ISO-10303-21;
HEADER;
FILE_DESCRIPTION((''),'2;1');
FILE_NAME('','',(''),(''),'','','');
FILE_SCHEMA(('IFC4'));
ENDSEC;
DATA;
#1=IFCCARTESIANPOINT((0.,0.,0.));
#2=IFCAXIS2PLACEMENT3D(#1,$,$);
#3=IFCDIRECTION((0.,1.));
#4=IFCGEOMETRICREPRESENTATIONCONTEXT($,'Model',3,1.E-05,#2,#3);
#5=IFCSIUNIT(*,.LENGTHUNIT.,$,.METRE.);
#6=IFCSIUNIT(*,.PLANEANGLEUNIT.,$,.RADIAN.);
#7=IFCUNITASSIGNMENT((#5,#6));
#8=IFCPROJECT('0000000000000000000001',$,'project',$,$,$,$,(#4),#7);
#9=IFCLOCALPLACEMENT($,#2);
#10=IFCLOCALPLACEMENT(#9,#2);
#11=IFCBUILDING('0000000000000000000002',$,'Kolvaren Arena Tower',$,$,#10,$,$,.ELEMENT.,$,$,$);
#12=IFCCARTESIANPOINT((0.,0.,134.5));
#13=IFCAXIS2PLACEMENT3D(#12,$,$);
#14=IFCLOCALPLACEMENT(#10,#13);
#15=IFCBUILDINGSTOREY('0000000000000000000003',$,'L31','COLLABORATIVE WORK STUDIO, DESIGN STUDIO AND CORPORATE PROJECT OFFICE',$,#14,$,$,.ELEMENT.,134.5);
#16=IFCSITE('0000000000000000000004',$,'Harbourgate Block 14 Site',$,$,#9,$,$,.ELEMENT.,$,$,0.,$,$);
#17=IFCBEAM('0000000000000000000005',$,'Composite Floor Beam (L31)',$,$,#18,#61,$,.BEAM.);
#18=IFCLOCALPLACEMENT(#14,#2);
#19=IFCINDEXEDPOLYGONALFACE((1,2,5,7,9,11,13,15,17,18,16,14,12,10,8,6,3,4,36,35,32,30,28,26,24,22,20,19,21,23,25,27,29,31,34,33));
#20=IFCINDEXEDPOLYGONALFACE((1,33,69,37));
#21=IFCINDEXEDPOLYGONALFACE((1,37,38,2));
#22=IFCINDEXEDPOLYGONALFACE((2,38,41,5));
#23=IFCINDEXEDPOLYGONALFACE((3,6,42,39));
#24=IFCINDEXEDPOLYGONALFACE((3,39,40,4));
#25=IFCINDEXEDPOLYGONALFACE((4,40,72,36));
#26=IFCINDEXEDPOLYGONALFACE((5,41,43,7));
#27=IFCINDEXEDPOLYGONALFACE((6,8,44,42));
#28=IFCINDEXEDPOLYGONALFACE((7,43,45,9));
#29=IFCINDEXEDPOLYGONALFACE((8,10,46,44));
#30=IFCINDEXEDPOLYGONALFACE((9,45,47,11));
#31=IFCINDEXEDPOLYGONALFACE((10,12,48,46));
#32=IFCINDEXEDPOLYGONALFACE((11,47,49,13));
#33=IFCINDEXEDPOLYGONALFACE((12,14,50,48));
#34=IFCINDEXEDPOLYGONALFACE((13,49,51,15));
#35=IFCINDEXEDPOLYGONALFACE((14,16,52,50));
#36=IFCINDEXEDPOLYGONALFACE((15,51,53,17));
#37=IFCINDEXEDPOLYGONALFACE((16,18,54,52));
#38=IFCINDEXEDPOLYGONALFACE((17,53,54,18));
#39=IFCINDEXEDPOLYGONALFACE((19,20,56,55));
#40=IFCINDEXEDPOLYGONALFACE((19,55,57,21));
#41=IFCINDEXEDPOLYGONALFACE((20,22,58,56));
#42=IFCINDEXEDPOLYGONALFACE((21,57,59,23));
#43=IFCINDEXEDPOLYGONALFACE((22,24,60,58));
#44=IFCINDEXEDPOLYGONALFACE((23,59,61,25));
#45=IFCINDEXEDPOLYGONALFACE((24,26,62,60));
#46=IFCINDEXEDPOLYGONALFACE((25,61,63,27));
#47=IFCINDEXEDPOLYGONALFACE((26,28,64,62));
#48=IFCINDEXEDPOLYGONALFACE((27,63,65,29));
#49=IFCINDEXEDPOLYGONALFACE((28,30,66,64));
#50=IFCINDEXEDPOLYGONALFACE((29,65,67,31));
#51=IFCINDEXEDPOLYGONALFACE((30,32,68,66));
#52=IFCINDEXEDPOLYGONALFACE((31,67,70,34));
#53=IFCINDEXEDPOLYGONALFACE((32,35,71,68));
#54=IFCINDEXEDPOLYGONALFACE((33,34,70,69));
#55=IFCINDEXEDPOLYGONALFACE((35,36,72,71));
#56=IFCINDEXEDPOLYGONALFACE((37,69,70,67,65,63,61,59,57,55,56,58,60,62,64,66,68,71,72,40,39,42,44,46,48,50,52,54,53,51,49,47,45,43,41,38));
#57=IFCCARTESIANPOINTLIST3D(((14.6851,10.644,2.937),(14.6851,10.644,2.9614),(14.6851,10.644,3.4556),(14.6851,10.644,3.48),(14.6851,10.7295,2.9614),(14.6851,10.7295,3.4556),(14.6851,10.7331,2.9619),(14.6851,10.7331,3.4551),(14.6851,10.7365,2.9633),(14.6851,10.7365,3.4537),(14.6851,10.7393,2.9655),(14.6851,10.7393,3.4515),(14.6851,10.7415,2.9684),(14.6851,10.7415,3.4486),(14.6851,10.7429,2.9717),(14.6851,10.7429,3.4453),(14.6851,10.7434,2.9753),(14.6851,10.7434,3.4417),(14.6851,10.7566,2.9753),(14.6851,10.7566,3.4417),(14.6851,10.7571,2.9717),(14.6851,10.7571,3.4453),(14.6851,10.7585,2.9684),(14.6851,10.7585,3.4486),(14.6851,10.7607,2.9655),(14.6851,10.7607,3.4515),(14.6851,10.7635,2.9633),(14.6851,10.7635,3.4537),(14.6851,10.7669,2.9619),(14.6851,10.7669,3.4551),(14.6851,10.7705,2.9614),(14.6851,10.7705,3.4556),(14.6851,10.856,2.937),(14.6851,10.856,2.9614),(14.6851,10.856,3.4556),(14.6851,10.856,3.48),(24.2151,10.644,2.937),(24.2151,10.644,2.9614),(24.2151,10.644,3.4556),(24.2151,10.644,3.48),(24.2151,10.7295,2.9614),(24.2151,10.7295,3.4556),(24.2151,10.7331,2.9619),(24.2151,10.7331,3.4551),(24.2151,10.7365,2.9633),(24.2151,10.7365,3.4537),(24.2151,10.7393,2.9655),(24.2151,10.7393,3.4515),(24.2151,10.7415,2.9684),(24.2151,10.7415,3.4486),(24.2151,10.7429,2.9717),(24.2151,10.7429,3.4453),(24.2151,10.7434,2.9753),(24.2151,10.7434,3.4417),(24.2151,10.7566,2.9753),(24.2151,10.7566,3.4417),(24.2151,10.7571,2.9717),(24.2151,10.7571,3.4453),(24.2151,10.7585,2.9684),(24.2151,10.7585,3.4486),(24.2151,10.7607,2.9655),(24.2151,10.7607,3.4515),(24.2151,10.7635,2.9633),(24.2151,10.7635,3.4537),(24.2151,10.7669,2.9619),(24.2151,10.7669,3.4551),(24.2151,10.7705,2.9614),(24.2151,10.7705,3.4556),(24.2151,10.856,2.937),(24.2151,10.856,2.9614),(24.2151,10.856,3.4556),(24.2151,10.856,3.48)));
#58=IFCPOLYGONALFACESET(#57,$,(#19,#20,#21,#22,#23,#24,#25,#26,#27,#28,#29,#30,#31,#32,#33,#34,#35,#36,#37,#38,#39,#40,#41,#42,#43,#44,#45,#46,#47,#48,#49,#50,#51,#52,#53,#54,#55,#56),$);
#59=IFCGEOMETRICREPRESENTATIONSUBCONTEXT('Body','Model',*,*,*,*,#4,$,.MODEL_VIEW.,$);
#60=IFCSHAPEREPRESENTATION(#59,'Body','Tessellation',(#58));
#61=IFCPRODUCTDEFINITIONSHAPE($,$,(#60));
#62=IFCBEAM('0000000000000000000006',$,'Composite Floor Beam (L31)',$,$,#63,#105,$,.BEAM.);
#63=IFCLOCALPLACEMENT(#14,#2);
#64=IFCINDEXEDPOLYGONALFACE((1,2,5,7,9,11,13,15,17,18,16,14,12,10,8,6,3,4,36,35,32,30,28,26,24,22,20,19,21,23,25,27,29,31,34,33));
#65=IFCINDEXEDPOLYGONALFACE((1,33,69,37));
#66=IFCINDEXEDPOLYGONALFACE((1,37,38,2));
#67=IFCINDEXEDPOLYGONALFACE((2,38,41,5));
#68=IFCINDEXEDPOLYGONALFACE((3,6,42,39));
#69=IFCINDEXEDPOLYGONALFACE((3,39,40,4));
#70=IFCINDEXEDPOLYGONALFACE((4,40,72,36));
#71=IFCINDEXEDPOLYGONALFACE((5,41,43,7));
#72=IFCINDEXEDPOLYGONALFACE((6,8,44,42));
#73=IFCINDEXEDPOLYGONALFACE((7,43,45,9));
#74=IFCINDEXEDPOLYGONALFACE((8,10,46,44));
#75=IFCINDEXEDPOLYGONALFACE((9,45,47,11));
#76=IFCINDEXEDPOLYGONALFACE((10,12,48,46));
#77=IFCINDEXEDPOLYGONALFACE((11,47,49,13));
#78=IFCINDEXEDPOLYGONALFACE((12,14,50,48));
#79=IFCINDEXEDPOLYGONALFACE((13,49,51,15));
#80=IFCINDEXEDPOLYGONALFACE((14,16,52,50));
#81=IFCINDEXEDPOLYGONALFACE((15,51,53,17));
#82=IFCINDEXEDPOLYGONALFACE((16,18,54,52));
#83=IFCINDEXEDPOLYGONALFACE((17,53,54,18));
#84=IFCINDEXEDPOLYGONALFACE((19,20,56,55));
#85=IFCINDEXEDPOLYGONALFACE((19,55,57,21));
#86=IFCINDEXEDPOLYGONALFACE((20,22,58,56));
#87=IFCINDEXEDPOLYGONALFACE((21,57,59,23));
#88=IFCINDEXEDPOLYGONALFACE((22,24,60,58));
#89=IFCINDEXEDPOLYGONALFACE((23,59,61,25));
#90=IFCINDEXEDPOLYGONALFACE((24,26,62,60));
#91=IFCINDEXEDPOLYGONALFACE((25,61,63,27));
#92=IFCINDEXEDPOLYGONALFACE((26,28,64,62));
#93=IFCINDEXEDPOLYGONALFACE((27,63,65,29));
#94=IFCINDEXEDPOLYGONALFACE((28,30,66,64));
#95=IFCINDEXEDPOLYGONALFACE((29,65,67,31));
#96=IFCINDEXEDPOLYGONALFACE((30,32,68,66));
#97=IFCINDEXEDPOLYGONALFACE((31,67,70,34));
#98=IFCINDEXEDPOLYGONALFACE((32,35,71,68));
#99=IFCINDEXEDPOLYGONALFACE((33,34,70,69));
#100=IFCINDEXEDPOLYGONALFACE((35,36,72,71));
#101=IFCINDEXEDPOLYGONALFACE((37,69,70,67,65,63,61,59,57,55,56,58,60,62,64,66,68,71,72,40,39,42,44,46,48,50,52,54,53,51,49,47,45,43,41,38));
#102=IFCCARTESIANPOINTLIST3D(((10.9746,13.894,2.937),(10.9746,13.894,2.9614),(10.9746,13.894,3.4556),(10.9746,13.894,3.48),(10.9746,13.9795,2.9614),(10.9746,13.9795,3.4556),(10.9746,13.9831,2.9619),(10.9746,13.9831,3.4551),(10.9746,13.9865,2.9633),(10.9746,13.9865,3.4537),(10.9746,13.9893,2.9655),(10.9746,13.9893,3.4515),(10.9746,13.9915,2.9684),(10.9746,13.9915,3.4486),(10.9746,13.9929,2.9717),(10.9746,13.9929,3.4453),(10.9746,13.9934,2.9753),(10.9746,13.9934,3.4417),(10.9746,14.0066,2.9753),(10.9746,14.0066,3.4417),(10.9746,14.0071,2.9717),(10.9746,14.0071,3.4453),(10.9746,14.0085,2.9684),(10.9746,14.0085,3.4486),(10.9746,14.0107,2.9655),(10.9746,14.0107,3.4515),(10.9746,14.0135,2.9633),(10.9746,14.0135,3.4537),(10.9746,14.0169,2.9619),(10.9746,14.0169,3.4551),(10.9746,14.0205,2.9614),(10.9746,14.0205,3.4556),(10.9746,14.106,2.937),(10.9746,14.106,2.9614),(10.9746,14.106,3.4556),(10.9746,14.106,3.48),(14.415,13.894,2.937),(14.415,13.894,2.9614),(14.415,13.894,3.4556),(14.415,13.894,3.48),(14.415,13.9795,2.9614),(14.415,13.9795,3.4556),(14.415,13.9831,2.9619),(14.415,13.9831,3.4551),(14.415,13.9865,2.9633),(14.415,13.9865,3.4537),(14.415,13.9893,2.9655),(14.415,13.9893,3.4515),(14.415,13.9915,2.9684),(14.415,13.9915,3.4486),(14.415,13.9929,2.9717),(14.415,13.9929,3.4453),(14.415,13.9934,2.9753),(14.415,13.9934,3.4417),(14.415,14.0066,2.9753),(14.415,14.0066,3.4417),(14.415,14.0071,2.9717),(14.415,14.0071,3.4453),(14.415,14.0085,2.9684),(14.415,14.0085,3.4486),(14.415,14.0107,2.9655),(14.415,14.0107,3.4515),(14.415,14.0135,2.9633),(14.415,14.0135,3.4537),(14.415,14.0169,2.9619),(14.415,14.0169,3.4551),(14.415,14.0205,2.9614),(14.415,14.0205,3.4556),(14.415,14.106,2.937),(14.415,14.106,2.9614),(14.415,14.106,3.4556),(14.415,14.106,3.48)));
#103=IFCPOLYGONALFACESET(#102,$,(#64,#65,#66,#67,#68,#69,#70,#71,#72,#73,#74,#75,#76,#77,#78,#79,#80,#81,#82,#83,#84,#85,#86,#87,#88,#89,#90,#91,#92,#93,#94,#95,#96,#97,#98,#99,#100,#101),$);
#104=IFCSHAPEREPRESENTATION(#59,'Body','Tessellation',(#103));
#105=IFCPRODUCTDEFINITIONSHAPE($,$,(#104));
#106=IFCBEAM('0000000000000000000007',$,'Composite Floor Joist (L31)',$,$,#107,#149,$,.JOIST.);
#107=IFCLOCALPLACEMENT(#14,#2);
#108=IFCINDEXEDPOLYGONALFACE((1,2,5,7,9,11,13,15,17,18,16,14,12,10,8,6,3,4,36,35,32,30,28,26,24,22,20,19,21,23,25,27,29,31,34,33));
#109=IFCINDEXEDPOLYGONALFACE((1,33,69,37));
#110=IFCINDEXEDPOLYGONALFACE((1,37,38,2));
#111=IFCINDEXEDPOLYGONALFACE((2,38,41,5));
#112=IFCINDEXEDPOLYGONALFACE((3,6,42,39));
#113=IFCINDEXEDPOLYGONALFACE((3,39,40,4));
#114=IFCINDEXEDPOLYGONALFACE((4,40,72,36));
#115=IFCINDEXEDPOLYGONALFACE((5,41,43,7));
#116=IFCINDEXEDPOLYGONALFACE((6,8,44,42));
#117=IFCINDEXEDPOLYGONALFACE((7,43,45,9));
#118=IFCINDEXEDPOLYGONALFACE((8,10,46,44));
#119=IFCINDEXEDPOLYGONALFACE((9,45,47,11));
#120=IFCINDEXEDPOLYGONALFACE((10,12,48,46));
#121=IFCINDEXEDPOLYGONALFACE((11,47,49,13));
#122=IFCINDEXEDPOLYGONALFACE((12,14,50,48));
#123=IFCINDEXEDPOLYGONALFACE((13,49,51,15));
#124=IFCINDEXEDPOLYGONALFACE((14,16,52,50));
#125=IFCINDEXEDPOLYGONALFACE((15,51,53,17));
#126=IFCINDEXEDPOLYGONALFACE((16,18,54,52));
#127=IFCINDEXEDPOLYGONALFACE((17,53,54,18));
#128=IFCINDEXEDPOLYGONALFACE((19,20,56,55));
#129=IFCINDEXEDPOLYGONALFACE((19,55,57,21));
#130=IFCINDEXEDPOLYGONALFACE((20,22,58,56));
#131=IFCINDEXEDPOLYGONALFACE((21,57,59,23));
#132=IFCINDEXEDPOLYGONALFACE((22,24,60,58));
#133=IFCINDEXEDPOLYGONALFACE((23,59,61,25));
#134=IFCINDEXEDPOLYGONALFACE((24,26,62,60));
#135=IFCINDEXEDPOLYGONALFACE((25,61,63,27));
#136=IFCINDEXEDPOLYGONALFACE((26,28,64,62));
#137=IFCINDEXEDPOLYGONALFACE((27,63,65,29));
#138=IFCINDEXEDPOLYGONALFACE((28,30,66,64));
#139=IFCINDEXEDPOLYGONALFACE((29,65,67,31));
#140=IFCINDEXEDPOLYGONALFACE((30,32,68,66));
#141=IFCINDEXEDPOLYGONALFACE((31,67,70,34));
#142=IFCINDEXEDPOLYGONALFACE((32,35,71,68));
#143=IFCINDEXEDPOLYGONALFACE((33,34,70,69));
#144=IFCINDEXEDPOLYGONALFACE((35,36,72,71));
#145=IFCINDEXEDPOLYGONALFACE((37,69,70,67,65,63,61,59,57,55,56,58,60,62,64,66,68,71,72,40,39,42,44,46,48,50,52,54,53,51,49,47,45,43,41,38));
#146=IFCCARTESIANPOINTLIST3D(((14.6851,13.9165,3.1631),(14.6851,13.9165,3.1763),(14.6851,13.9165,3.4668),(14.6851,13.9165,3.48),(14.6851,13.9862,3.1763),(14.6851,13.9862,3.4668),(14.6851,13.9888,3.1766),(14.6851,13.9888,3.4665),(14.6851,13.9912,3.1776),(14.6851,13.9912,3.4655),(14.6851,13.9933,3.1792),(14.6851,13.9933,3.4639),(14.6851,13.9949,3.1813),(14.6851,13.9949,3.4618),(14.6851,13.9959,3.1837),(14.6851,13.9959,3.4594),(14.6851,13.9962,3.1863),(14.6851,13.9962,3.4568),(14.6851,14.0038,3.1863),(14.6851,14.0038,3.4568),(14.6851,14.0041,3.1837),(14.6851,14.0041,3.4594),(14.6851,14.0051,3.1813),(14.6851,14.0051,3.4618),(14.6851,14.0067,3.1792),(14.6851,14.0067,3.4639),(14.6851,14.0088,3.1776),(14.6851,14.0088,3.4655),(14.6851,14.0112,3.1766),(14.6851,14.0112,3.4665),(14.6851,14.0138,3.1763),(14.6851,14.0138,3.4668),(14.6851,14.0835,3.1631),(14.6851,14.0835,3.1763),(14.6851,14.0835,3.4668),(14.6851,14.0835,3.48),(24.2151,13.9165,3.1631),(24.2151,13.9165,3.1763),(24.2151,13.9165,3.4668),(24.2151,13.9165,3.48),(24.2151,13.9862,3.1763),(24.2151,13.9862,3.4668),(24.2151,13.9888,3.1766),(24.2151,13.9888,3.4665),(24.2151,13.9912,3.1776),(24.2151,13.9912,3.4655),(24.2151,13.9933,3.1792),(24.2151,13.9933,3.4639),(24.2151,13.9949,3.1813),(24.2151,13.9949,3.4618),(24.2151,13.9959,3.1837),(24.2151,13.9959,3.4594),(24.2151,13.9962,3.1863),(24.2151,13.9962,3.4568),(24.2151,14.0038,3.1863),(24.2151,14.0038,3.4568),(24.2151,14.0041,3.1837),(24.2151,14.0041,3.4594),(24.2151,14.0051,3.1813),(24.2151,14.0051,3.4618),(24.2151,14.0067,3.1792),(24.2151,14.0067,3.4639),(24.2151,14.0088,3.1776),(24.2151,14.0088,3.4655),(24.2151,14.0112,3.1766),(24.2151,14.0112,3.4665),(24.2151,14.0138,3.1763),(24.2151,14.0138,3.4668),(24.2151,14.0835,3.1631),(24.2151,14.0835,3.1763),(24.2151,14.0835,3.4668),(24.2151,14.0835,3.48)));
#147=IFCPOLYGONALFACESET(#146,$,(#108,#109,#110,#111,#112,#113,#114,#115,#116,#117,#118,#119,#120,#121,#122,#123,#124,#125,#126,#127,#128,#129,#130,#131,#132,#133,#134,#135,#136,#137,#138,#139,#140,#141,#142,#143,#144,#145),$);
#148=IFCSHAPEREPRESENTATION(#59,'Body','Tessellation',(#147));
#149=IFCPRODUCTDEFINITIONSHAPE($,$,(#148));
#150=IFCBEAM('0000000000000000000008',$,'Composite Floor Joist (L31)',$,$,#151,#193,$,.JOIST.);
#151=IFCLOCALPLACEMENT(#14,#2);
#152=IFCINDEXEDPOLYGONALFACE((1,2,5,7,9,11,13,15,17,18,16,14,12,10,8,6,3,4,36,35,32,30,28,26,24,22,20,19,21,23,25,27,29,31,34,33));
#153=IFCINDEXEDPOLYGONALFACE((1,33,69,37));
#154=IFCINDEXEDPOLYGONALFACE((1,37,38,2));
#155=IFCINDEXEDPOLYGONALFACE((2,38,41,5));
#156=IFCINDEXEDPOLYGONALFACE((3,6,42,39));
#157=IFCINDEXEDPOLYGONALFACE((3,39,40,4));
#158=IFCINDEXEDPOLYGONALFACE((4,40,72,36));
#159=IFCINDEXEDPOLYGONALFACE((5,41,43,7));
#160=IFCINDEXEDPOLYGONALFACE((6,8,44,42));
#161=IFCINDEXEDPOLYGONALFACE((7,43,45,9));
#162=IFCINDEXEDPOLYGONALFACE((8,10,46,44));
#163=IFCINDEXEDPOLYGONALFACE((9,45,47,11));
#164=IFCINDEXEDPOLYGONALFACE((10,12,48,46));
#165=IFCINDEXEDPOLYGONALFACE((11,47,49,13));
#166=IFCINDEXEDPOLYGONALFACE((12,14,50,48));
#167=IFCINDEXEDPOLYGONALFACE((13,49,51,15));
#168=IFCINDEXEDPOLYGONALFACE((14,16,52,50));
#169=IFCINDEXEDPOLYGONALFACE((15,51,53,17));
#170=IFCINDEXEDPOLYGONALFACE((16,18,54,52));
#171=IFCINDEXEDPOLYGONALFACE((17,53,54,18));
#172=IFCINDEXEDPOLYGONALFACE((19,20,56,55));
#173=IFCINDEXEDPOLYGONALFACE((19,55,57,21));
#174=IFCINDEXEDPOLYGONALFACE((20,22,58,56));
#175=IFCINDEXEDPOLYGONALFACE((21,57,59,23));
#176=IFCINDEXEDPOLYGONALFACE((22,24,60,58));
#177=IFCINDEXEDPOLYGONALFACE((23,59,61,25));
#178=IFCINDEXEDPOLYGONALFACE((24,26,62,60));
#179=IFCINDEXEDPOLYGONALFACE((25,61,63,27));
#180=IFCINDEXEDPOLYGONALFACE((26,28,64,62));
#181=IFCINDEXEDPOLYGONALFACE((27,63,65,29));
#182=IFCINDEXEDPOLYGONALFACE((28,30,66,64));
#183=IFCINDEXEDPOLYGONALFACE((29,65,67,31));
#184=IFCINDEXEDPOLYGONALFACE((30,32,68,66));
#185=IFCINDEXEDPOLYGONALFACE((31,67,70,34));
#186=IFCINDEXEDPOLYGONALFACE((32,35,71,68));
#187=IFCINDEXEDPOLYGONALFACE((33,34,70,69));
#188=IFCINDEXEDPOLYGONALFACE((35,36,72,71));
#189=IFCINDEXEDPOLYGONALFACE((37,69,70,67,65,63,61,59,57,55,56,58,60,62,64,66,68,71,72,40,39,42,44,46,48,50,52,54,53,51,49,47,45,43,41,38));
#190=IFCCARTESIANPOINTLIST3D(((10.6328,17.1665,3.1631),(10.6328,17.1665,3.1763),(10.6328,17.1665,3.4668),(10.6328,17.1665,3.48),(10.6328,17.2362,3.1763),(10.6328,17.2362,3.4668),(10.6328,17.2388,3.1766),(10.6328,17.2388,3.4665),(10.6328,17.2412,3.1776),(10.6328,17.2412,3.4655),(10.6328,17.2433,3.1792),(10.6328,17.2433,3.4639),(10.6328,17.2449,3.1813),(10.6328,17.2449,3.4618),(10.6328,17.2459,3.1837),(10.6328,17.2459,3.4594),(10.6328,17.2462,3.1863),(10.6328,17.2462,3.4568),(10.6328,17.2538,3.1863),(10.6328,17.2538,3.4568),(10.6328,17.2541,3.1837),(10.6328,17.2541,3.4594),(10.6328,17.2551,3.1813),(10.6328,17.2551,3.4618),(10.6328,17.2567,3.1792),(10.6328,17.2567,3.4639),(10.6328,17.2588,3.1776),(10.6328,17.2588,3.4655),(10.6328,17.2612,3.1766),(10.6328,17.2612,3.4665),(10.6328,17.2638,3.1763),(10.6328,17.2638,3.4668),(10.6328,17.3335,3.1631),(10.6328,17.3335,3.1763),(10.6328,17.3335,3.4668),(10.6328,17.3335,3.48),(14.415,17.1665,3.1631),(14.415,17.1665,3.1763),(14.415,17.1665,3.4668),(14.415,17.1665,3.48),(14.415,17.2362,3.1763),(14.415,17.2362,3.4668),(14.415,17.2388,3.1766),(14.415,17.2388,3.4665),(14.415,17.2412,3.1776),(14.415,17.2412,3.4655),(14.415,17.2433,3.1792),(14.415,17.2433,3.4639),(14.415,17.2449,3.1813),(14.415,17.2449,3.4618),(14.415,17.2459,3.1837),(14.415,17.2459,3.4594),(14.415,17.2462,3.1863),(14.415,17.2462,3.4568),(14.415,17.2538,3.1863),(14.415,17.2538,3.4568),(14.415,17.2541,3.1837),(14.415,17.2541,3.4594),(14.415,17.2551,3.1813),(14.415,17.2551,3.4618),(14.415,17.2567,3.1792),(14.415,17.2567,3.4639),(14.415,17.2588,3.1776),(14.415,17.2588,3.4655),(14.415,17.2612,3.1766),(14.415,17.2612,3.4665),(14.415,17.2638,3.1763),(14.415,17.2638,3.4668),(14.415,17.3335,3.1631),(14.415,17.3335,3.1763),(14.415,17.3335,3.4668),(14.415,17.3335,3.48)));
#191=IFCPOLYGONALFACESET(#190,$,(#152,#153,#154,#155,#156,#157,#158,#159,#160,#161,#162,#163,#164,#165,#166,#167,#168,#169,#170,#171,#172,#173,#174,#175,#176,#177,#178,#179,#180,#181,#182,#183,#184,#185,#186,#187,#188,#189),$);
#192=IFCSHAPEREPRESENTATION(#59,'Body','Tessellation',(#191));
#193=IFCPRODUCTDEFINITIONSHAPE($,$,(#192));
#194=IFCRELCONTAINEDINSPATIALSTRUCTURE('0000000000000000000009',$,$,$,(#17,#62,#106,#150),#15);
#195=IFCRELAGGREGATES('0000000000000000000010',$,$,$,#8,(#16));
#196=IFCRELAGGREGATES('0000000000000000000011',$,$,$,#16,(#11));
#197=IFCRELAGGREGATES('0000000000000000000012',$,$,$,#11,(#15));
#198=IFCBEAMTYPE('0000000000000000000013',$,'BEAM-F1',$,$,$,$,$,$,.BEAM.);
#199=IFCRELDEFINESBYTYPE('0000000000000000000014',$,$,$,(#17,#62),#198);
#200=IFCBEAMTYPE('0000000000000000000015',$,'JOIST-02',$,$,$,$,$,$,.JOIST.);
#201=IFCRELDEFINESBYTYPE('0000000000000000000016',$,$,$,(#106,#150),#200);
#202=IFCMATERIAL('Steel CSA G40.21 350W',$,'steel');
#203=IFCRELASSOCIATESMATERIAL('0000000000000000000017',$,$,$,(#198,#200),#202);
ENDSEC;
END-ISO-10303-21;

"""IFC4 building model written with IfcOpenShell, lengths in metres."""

from ifc_helpers import new_model, si_unit, direction, frame, origin, origin_2d, place, context, subcontext, project, spatial, i_section, extrude, material, material_profile, profile_set, type_object, element, save


model = new_model("IFC4")

# Units and contexts
model_context = context("Model", 3, precision=1e-05, world=origin(), true_north=direction((0.0, 1.0)))
body_context = subcontext(model_context, "Body", "Model", "MODEL_VIEW")
ifc_project = project(units=[si_unit("LENGTHUNIT", "METRE"), si_unit("PLANEANGLEUNIT", "RADIAN")], contexts=[model_context])

# Site, building, storey
site_placement = place(None, origin())
site = spatial("IfcSite", under=ifc_project, at=site_placement, Name="Harbourgate Block 14 Site", CompositionType="ELEMENT", RefElevation=0.0)
building_placement = place(site_placement, origin())
building = spatial("IfcBuilding", under=site, at=building_placement, Name="Kolvaren Arena Tower", CompositionType="ELEMENT")
storey_placement = place(building_placement, frame((0.0, 0.0, 134.5)))
storey = spatial("IfcBuildingStorey", under=building, at=storey_placement, Name="L31", Description="COLLABORATIVE WORK STUDIO, DESIGN STUDIO AND CORPORATE PROJECT OFFICE", CompositionType="ELEMENT", Elevation=134.5)

# Beams
ifc_material_1 = material(Name="Steel CSA G40.21 350W", Category="steel")
ifc_material_profile_1 = material_profile(ifc_material_1, i_section(OverallWidth=0.2119, OverallDepth=0.543, WebThickness=0.0132, FlangeThickness=0.0244, FilletRadius=0.0139, at=origin_2d()), Name="W530x150")
ifc_profile_set_1 = profile_set([ifc_material_profile_1], Name="Steel CSA G40.21 350W")
beam_type_1 = type_object("IfcBeamType", Name="BEAM-F1", PredefinedType="BEAM", material=ifc_profile_set_1)
beam_1_placement = place(storey_placement, frame((14.6851, 10.75, 3.2085), z_axis=(1.0, 0.0, 0.0), x_axis=(0.0, 1.0, 0.0)))
element("IfcBeam", 1, at=beam_1_placement, inside=storey, type_object=beam_type_1, Name="Composite Floor Beam (L31)", PredefinedType="BEAM", context=body_context, shape_type="SweptSolid", body=[
    extrude(i_section(OverallWidth=0.2119, OverallDepth=0.543, WebThickness=0.0132, FlangeThickness=0.0244, FilletRadius=0.0139, at=origin_2d()), origin(), (0.0, 0.0, 1.0), 9.53),
])
beam_2_placement = place(storey_placement, frame((10.9746, 14.0, 3.2085), z_axis=(1.0, 0.0, 0.0), x_axis=(0.0, 1.0, 0.0)))
element("IfcBeam", 2, at=beam_2_placement, inside=storey, type_object=beam_type_1, Name="Composite Floor Beam (L31)", PredefinedType="BEAM", context=body_context, shape_type="SweptSolid", body=[
    extrude(i_section(OverallWidth=0.2119, OverallDepth=0.543, WebThickness=0.0132, FlangeThickness=0.0244, FilletRadius=0.0139, at=origin_2d()), origin(), (0.0, 0.0, 1.0), 3.4404),
])
ifc_material_profile_2 = material_profile(ifc_material_1, i_section(OverallWidth=0.167, OverallDepth=0.3169, WebThickness=0.0076, FlangeThickness=0.0132, FilletRadius=0.01, at=origin_2d()), Name="W310x52")
ifc_profile_set_2 = profile_set([ifc_material_profile_2], Name="Steel CSA G40.21 350W")
beam_type_2 = type_object("IfcBeamType", Name="JOIST-02", PredefinedType="JOIST", material=ifc_profile_set_2)
beam_3_placement = place(storey_placement, frame((14.6851, 14.0, 3.3215), z_axis=(1.0, 0.0, 0.0), x_axis=(0.0, 1.0, 0.0)))
element("IfcBeam", 3, at=beam_3_placement, inside=storey, type_object=beam_type_2, Name="Composite Floor Joist (L31)", PredefinedType="JOIST", context=body_context, shape_type="SweptSolid", body=[
    extrude(i_section(OverallWidth=0.167, OverallDepth=0.3169, WebThickness=0.0076, FlangeThickness=0.0132, FilletRadius=0.01, at=origin_2d()), origin(), (0.0, 0.0, 1.0), 9.53),
])
beam_4_placement = place(storey_placement, frame((10.6328, 17.25, 3.3215), z_axis=(1.0, 0.0, 0.0), x_axis=(0.0, 1.0, 0.0)))
element("IfcBeam", 4, at=beam_4_placement, inside=storey, type_object=beam_type_2, Name="Composite Floor Joist (L31)", PredefinedType="JOIST", context=body_context, shape_type="SweptSolid", body=[
    extrude(i_section(OverallWidth=0.167, OverallDepth=0.3169, WebThickness=0.0076, FlangeThickness=0.0132, FilletRadius=0.01, at=origin_2d()), origin(), (0.0, 0.0, 1.0), 3.7822),
])

save(model, "model.ifc")
